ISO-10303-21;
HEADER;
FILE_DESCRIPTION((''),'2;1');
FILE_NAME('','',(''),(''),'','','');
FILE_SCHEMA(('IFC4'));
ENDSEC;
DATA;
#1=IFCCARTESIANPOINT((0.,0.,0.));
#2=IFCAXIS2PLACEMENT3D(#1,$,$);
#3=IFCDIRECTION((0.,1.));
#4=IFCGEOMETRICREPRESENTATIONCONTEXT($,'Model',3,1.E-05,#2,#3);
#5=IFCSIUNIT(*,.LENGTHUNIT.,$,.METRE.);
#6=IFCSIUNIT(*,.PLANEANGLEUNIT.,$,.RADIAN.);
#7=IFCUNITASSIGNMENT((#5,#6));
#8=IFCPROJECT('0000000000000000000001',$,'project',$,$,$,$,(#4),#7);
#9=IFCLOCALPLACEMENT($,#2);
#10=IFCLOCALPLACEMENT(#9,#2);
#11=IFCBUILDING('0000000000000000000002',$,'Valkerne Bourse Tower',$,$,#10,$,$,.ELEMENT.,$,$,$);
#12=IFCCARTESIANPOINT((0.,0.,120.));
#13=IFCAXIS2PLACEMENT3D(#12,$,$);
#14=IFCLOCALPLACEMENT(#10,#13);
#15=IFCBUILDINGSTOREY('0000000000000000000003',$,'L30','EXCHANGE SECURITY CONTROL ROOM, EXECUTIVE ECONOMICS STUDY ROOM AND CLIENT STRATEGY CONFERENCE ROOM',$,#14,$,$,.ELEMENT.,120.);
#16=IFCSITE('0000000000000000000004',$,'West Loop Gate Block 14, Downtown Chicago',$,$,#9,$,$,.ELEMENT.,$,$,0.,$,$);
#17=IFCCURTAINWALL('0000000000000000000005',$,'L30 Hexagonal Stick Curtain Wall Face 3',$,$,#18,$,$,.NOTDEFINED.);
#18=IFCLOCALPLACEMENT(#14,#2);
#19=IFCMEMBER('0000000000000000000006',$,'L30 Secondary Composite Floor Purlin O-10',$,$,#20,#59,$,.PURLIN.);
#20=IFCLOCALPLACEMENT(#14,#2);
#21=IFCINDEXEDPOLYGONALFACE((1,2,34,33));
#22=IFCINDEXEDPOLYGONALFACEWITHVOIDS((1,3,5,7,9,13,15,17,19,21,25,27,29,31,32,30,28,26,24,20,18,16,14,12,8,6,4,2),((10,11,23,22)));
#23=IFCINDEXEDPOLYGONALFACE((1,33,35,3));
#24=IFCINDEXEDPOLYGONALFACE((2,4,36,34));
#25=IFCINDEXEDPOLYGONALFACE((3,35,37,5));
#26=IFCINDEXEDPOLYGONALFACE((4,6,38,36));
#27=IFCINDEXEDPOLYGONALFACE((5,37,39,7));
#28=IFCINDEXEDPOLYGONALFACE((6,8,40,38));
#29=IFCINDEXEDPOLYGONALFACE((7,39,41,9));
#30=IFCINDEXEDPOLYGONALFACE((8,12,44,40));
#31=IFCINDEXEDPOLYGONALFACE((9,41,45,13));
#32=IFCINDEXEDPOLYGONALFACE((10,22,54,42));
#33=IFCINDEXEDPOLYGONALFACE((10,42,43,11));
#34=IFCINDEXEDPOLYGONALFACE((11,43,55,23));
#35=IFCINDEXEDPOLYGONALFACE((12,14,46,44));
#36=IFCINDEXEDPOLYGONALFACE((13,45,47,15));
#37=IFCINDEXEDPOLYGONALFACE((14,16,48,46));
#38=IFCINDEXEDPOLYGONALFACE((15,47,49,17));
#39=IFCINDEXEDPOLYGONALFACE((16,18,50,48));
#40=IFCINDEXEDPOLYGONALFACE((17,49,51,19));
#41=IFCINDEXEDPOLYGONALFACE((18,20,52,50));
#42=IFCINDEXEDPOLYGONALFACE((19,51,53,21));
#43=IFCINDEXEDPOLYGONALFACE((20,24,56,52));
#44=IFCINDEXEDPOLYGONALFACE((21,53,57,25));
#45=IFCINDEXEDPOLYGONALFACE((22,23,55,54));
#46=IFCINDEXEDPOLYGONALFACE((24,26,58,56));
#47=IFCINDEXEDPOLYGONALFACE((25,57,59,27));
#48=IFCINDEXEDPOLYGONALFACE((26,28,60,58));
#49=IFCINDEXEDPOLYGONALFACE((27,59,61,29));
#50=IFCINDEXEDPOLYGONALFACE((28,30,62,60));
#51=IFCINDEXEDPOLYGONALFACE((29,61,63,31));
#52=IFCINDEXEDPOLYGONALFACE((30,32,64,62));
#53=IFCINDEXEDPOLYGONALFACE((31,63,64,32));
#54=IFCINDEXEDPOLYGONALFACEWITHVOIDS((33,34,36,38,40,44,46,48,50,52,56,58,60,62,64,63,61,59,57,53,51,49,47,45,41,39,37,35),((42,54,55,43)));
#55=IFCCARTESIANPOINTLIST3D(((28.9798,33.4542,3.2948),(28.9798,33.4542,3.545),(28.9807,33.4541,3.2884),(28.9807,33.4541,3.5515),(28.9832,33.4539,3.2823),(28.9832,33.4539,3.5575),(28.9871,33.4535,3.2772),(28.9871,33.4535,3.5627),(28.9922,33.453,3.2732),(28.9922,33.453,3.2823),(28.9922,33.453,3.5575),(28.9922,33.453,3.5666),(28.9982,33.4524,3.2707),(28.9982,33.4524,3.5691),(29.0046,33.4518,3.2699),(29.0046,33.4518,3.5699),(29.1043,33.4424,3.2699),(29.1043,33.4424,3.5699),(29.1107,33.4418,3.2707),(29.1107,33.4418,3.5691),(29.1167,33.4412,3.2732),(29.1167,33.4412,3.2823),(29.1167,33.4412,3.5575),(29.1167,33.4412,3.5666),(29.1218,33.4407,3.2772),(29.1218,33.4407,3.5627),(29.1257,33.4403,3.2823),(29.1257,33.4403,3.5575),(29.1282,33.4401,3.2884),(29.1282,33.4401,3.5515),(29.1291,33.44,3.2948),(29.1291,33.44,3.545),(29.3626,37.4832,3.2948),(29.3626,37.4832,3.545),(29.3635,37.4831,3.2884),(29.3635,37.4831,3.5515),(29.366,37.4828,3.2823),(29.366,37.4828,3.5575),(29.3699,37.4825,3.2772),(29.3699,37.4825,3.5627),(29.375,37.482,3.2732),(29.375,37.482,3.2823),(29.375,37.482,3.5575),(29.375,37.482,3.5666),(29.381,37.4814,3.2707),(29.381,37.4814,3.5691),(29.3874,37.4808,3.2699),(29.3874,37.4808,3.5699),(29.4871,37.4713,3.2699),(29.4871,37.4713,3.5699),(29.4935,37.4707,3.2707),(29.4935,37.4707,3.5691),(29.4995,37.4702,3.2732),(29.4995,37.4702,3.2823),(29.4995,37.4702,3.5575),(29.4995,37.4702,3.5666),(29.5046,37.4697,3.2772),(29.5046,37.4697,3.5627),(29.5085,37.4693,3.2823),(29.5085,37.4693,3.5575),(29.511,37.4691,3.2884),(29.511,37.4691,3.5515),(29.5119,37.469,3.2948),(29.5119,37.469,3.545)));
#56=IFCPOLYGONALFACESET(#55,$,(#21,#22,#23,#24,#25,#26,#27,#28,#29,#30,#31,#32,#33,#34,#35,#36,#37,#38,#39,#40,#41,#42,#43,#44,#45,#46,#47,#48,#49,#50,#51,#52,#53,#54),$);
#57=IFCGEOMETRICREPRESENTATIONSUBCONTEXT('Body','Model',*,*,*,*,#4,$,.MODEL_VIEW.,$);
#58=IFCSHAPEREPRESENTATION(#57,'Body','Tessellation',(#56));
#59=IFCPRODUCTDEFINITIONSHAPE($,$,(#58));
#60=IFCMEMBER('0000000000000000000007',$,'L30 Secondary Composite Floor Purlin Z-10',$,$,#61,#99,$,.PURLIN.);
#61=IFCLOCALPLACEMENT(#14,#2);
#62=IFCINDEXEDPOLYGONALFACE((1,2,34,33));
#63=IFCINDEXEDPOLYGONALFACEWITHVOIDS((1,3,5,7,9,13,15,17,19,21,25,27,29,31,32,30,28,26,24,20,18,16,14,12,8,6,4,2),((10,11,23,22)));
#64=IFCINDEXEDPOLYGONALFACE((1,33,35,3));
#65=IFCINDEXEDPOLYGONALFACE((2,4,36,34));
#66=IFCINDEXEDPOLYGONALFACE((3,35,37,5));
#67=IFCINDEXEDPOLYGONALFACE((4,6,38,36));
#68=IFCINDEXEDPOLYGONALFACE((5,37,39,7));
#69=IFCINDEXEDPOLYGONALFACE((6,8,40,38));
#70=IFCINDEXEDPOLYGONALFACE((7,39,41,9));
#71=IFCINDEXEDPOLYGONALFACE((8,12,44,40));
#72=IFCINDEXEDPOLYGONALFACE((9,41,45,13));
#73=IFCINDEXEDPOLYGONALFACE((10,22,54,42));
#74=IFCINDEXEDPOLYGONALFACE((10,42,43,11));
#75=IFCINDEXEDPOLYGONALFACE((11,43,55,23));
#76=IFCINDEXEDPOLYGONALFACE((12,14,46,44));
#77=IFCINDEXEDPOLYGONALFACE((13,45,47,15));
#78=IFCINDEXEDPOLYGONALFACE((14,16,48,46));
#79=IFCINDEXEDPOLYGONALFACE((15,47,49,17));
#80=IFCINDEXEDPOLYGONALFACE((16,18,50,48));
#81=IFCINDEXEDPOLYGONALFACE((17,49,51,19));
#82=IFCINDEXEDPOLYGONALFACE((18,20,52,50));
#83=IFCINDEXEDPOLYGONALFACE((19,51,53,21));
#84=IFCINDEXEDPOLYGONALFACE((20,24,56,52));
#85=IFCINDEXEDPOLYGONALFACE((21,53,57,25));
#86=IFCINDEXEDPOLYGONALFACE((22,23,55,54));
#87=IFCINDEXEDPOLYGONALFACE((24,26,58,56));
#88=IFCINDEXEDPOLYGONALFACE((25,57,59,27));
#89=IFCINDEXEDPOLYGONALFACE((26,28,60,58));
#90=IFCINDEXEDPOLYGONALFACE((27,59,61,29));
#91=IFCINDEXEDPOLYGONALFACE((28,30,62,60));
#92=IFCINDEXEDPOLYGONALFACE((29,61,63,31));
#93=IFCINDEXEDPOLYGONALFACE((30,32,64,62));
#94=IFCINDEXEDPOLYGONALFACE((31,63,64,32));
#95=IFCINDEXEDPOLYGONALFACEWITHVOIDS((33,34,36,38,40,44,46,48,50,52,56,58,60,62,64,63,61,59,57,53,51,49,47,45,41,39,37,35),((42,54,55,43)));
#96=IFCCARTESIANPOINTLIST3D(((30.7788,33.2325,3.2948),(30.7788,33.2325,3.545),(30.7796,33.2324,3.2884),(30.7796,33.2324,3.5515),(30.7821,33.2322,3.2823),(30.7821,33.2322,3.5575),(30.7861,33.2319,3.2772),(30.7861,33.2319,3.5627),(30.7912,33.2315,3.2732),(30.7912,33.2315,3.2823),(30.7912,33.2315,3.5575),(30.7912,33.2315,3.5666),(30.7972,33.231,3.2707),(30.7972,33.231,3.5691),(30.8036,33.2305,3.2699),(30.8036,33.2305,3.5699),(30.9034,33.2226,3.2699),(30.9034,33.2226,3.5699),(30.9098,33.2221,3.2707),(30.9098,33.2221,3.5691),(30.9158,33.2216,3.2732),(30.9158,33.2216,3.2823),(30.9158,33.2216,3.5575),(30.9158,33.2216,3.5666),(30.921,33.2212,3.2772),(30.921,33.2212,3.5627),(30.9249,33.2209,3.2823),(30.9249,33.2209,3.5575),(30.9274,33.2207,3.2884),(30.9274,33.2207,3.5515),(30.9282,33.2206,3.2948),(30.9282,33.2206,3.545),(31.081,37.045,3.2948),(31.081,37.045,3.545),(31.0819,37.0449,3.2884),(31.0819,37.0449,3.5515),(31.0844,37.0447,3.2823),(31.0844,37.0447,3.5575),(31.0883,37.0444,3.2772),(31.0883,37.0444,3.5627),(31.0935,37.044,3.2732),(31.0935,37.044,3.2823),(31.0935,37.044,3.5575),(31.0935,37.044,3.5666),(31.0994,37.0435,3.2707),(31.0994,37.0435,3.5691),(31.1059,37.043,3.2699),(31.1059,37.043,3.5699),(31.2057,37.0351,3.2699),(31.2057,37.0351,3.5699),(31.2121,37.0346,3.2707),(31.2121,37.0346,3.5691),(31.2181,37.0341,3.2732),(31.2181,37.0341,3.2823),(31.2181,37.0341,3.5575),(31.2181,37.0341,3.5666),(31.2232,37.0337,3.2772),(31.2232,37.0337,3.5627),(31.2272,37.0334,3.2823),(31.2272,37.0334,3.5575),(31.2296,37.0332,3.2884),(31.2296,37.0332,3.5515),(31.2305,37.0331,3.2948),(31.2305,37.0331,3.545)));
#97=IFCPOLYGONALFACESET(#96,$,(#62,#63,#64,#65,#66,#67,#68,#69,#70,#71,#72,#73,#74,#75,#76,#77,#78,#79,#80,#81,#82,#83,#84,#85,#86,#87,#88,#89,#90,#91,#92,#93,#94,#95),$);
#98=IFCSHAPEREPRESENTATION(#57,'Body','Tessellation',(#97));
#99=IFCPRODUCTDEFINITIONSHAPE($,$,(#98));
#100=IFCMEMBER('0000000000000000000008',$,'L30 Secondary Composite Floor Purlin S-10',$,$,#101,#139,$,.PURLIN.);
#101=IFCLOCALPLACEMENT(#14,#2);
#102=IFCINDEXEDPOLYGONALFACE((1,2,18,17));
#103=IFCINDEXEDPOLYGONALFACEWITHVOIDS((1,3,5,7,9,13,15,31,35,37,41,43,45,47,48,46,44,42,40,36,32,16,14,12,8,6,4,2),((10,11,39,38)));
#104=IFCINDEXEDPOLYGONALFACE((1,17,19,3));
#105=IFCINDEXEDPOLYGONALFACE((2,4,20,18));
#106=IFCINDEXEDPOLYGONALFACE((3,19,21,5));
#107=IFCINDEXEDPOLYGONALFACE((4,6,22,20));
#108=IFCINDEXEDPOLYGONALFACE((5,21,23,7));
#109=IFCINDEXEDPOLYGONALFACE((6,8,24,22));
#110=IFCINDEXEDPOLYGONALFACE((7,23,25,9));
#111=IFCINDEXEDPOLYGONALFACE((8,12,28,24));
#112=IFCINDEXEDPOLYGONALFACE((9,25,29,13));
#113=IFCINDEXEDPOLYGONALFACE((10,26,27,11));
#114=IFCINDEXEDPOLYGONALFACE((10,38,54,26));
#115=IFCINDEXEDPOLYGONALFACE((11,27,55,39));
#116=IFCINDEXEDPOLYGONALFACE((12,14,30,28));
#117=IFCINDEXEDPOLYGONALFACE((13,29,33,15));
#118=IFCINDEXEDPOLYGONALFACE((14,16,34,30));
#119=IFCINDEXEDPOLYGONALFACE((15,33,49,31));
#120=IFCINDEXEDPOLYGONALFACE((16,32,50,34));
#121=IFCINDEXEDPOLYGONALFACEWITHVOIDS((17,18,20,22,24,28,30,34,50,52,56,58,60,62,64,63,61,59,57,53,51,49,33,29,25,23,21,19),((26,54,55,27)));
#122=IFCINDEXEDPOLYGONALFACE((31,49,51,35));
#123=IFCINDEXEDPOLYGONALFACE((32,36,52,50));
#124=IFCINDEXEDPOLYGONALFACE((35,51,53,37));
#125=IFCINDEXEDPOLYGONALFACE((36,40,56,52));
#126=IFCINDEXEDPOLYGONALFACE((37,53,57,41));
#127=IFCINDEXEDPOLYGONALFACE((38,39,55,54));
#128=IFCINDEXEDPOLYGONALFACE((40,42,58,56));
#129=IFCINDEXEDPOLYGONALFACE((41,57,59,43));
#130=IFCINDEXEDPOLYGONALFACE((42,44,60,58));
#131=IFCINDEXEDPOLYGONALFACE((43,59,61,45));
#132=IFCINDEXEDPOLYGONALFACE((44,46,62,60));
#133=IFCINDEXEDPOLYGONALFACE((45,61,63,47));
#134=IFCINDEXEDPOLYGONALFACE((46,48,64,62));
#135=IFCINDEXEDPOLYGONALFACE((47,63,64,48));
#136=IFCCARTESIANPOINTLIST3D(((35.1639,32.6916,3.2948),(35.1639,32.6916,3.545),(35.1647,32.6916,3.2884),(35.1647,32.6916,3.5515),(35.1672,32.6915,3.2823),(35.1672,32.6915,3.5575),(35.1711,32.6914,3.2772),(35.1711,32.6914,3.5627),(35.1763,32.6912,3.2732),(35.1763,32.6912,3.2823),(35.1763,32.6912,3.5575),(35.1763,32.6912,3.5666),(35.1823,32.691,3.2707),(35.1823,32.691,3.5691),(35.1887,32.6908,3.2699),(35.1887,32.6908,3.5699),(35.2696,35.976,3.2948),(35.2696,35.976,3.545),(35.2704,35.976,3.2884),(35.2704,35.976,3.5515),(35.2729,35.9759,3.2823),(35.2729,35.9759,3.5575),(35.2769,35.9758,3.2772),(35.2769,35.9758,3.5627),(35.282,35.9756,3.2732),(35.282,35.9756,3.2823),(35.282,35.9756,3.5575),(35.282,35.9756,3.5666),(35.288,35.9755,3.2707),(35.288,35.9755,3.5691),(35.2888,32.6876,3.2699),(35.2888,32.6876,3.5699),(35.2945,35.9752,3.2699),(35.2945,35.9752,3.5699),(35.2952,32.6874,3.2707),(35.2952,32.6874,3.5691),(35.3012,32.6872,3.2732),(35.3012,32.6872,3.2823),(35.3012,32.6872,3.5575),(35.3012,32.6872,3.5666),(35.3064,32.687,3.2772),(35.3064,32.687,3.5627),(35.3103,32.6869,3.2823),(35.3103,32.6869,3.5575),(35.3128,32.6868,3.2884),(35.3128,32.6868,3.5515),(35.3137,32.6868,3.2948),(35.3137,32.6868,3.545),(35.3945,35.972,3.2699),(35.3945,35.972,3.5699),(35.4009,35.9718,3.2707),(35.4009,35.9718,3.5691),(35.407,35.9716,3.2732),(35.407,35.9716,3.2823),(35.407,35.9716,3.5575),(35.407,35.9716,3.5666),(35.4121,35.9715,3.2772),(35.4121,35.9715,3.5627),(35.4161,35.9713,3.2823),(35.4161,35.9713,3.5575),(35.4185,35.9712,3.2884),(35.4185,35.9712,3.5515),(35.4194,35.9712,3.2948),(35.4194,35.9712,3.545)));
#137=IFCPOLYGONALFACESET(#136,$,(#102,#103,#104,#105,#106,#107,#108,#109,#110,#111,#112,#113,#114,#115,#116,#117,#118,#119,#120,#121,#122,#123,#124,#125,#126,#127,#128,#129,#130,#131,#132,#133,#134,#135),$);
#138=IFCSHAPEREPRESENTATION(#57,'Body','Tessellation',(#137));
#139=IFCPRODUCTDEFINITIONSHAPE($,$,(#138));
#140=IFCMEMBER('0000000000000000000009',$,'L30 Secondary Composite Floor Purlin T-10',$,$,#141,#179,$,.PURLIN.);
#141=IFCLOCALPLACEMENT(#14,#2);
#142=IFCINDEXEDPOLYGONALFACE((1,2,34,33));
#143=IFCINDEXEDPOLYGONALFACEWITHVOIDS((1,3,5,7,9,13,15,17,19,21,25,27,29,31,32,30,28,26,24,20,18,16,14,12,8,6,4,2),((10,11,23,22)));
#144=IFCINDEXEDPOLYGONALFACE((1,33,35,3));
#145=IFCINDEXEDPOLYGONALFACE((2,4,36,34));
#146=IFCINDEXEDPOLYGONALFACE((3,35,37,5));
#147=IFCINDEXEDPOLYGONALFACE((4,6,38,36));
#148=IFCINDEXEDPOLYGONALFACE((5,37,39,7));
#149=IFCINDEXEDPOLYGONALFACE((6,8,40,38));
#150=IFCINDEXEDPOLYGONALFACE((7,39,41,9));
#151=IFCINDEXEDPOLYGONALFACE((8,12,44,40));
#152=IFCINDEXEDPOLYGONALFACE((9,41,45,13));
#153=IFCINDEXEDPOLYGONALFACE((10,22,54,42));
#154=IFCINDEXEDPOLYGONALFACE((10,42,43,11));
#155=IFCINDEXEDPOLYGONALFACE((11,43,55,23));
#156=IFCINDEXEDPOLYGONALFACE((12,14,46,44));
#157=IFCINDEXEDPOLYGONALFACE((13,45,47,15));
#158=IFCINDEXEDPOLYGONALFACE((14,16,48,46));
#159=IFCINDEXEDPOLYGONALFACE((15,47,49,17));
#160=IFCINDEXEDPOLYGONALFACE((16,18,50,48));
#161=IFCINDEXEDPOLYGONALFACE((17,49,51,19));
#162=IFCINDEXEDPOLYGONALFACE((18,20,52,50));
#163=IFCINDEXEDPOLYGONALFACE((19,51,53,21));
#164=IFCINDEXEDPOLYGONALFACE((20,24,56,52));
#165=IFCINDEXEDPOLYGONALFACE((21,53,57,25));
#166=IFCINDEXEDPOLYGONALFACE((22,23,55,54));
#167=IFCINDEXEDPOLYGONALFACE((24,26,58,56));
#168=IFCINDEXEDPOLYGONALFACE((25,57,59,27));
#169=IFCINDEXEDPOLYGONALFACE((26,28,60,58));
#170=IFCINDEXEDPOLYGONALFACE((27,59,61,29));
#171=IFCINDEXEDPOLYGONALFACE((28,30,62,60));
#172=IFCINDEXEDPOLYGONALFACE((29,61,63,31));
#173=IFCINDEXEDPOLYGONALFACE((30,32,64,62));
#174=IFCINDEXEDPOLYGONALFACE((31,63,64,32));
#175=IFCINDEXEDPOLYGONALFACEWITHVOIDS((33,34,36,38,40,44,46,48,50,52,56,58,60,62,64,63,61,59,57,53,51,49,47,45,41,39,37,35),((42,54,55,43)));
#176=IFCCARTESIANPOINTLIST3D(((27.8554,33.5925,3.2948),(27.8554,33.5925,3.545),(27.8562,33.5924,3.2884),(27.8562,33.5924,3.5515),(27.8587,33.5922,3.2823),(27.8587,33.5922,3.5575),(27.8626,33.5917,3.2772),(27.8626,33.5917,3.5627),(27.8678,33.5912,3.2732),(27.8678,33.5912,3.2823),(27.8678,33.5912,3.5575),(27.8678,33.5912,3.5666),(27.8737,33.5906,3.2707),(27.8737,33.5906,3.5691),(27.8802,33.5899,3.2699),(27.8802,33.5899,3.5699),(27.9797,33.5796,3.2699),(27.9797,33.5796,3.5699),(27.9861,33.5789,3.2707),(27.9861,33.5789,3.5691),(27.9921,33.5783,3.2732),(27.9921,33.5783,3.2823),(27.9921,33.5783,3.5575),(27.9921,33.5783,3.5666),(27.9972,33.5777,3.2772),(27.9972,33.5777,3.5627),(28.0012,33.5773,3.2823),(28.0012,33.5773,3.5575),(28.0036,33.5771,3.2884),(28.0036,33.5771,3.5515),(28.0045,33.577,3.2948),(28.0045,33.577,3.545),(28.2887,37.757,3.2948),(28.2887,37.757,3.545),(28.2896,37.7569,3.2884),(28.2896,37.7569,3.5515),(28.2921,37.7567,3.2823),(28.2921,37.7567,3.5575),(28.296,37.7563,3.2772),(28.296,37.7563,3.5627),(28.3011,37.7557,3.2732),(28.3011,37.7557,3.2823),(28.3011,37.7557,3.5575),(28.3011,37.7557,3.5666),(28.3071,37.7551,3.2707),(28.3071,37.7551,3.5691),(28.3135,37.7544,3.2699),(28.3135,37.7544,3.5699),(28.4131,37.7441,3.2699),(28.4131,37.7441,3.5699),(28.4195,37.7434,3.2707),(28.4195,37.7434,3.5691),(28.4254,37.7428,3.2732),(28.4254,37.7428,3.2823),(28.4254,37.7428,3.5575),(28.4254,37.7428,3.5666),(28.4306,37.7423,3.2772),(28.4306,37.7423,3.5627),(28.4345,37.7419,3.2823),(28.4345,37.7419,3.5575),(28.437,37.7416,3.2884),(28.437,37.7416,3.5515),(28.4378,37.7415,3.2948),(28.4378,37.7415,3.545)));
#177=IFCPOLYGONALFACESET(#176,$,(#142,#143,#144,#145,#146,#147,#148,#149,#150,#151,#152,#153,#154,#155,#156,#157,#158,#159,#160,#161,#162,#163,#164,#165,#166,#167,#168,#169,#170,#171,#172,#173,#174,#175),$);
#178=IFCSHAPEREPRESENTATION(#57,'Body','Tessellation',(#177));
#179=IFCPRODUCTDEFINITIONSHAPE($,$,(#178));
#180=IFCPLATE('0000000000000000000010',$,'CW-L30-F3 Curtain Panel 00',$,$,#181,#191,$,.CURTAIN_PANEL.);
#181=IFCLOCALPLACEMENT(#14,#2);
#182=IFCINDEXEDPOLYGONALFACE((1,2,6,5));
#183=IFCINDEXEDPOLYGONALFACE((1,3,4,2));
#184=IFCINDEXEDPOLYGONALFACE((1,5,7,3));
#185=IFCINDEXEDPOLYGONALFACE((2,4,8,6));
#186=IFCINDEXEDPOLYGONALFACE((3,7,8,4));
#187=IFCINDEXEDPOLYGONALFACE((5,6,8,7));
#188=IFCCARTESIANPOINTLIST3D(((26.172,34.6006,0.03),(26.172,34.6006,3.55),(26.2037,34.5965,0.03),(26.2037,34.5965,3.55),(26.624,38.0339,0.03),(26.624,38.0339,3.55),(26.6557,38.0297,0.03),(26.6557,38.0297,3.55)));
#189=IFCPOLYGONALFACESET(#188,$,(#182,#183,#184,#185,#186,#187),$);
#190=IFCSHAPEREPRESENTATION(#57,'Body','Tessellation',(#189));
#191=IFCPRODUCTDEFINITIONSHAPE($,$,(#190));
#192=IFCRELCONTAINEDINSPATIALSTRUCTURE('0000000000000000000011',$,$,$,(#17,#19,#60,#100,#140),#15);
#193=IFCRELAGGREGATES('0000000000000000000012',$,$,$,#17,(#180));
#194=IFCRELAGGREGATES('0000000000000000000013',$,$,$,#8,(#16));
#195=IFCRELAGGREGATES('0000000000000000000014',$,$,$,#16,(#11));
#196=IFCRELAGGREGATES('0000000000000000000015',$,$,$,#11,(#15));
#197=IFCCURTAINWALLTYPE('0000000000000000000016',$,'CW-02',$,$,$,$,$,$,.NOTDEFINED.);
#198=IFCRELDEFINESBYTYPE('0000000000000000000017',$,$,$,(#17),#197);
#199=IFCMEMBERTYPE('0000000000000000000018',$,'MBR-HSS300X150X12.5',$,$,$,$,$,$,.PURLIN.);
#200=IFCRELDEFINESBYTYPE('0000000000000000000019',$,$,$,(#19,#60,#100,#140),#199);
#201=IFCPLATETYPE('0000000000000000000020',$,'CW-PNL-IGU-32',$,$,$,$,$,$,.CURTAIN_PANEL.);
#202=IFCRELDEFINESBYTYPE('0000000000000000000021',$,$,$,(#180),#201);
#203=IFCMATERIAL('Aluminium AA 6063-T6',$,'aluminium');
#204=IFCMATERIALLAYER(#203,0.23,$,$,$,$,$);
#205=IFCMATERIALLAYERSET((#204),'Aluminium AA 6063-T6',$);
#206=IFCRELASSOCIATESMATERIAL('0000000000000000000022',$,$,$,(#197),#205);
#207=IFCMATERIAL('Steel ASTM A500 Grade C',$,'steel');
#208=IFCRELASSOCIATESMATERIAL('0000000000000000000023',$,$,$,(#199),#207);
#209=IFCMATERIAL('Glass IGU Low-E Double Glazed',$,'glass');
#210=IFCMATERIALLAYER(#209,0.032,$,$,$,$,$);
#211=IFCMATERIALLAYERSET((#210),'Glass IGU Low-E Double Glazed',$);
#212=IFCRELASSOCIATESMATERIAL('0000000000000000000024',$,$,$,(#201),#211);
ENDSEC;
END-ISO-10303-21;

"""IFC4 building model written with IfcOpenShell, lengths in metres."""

from ifc_helpers import new_model, si_unit, direction, frame, origin, origin_2d, place, context, subcontext, project, spatial, rectangle, hollow_rectangle, extrude, material, layer, layer_set, material_profile, profile_set, type_object, element, aggregate, save


model = new_model("IFC4")

# Units and contexts
model_context = context("Model", 3, precision=1e-05, world=origin(), true_north=direction((0.0, 1.0)))
body_context = subcontext(model_context, "Body", "Model", "MODEL_VIEW")
ifc_project = project(units=[si_unit("LENGTHUNIT", "METRE"), si_unit("PLANEANGLEUNIT", "RADIAN")], contexts=[model_context])

# Site, building, storey
site_placement = place(None, origin())
site = spatial("IfcSite", under=ifc_project, at=site_placement, Name="West Loop Gate Block 14, Downtown Chicago", CompositionType="ELEMENT", RefElevation=0.0)
building_placement = place(site_placement, origin())
building = spatial("IfcBuilding", under=site, at=building_placement, Name="Valkerne Bourse Tower", CompositionType="ELEMENT")
storey_placement = place(building_placement, frame((0.0, 0.0, 120.0)))
storey = spatial("IfcBuildingStorey", under=building, at=storey_placement, Name="L30", Description="EXCHANGE SECURITY CONTROL ROOM, EXECUTIVE ECONOMICS STUDY ROOM AND CLIENT STRATEGY CONFERENCE ROOM", CompositionType="ELEMENT", Elevation=120.0)

# Curtain wall
ifc_material_1 = material(Name="Aluminium AA 6063-T6", Category="aluminium")
ifc_layer_1 = layer(ifc_material_1, 0.23)
ifc_layer_set_1 = layer_set([ifc_layer_1], Name="Aluminium AA 6063-T6")
curtain_wall_type = type_object("IfcCurtainWallType", Name="CW-02", PredefinedType="NOTDEFINED", material=ifc_layer_set_1)
curtain_wall_placement = place(storey_placement, origin())
curtain_wall = element("IfcCurtainWall", 1, at=curtain_wall_placement, inside=storey, type_object=curtain_wall_type, Name="L30 Hexagonal Stick Curtain Wall Face 3", PredefinedType="NOTDEFINED")

# Members
ifc_material_2 = material(Name="Steel ASTM A500 Grade C", Category="steel")
ifc_material_profile_1 = material_profile(ifc_material_2, hollow_rectangle(XDim=0.1499, YDim=0.3, WallThickness=0.0125, OuterFilletRadius=0.0249, at=origin_2d()), Name="HSS300X150X12.5")
ifc_profile_set_1 = profile_set([ifc_material_profile_1], Name="Steel ASTM A500 Grade C")
member_type_1 = type_object("IfcMemberType", Name="MBR-HSS300X150X12.5", PredefinedType="PURLIN", material=ifc_profile_set_1)
member_1_placement = place(storey_placement, frame((29.4373, 37.4761, 3.4199), z_axis=(-0.094587, -0.995517, 0.0), x_axis=(0.995517, -0.094587, 0.0)))
element("IfcMember", 2, at=member_1_placement, inside=storey, type_object=member_type_1, Name="L30 Secondary Composite Floor Purlin O-10", PredefinedType="PURLIN", context=body_context, shape_type="SweptSolid", body=[
    extrude(hollow_rectangle(XDim=0.1499, YDim=0.3, WallThickness=0.0125, OuterFilletRadius=0.0249, at=origin_2d()), origin(), (0.0, 0.0, 1.0), 4.0471),
])
member_2_placement = place(storey_placement, frame((31.1558, 37.0391, 3.4199), z_axis=(-0.07903, -0.996872, 0.0), x_axis=(0.996872, -0.07903, 0.0)))
element("IfcMember", 3, at=member_2_placement, inside=storey, type_object=member_type_1, Name="L30 Secondary Composite Floor Purlin Z-10", PredefinedType="PURLIN", context=body_context, shape_type="SweptSolid", body=[
    extrude(hollow_rectangle(XDim=0.1499, YDim=0.3, WallThickness=0.0125, OuterFilletRadius=0.0249, at=origin_2d()), origin(), (0.0, 0.0, 1.0), 3.8245),
])
member_3_placement = place(storey_placement, frame((35.3445, 35.9736, 3.4199), z_axis=(-0.032169, -0.999482, 0.0), x_axis=(0.999482, -0.032169, 0.0)))
element("IfcMember", 4, at=member_3_placement, inside=storey, type_object=member_type_1, Name="L30 Secondary Composite Floor Purlin S-10", PredefinedType="PURLIN", context=body_context, shape_type="SweptSolid", body=[
    extrude(hollow_rectangle(XDim=0.1499, YDim=0.3, WallThickness=0.0125, OuterFilletRadius=0.0249, at=origin_2d()), origin(), (0.0, 0.0, 1.0), 3.2861),
])
member_4_placement = place(storey_placement, frame((28.3633, 37.7493, 3.4199), z_axis=(-0.103498, -0.99463, 0.0), x_axis=(0.99463, -0.103498, 0.0)))
element("IfcMember", 5, at=member_4_placement, inside=storey, type_object=member_type_1, Name="L30 Secondary Composite Floor Purlin T-10", PredefinedType="PURLIN", context=body_context, shape_type="SweptSolid", body=[
    extrude(hollow_rectangle(XDim=0.1499, YDim=0.3, WallThickness=0.0125, OuterFilletRadius=0.0249, at=origin_2d()), origin(), (0.0, 0.0, 1.0), 4.187),
])

# Plate
ifc_material_3 = material(Name="Glass IGU Low-E Double Glazed", Category="glass")
ifc_layer_2 = layer(ifc_material_3, 0.032)
ifc_layer_set_2 = layer_set([ifc_layer_2], Name="Glass IGU Low-E Double Glazed")
plate_type = type_object("IfcPlateType", Name="CW-PNL-IGU-32", PredefinedType="CURTAIN_PANEL", material=ifc_layer_set_2)
plate_1_placement = place(storey_placement, frame((26.4138, 36.3152, 0.03), z_axis=(0.0, 0.0, 1.0), x_axis=(-0.130527, -0.991445, 0.0)))
plate_1 = element("IfcPlate", 6, at=plate_1_placement, type_object=plate_type, Name="CW-L30-F3 Curtain Panel 00", PredefinedType="CURTAIN_PANEL", context=body_context, shape_type="SweptSolid", body=[
    extrude(rectangle(XDim=3.4629, YDim=0.032, at=origin_2d()), origin(), (0.0, 0.0, 1.0), 3.52),
])
aggregate(curtain_wall, [plate_1])

save(model, "model.ifc")
